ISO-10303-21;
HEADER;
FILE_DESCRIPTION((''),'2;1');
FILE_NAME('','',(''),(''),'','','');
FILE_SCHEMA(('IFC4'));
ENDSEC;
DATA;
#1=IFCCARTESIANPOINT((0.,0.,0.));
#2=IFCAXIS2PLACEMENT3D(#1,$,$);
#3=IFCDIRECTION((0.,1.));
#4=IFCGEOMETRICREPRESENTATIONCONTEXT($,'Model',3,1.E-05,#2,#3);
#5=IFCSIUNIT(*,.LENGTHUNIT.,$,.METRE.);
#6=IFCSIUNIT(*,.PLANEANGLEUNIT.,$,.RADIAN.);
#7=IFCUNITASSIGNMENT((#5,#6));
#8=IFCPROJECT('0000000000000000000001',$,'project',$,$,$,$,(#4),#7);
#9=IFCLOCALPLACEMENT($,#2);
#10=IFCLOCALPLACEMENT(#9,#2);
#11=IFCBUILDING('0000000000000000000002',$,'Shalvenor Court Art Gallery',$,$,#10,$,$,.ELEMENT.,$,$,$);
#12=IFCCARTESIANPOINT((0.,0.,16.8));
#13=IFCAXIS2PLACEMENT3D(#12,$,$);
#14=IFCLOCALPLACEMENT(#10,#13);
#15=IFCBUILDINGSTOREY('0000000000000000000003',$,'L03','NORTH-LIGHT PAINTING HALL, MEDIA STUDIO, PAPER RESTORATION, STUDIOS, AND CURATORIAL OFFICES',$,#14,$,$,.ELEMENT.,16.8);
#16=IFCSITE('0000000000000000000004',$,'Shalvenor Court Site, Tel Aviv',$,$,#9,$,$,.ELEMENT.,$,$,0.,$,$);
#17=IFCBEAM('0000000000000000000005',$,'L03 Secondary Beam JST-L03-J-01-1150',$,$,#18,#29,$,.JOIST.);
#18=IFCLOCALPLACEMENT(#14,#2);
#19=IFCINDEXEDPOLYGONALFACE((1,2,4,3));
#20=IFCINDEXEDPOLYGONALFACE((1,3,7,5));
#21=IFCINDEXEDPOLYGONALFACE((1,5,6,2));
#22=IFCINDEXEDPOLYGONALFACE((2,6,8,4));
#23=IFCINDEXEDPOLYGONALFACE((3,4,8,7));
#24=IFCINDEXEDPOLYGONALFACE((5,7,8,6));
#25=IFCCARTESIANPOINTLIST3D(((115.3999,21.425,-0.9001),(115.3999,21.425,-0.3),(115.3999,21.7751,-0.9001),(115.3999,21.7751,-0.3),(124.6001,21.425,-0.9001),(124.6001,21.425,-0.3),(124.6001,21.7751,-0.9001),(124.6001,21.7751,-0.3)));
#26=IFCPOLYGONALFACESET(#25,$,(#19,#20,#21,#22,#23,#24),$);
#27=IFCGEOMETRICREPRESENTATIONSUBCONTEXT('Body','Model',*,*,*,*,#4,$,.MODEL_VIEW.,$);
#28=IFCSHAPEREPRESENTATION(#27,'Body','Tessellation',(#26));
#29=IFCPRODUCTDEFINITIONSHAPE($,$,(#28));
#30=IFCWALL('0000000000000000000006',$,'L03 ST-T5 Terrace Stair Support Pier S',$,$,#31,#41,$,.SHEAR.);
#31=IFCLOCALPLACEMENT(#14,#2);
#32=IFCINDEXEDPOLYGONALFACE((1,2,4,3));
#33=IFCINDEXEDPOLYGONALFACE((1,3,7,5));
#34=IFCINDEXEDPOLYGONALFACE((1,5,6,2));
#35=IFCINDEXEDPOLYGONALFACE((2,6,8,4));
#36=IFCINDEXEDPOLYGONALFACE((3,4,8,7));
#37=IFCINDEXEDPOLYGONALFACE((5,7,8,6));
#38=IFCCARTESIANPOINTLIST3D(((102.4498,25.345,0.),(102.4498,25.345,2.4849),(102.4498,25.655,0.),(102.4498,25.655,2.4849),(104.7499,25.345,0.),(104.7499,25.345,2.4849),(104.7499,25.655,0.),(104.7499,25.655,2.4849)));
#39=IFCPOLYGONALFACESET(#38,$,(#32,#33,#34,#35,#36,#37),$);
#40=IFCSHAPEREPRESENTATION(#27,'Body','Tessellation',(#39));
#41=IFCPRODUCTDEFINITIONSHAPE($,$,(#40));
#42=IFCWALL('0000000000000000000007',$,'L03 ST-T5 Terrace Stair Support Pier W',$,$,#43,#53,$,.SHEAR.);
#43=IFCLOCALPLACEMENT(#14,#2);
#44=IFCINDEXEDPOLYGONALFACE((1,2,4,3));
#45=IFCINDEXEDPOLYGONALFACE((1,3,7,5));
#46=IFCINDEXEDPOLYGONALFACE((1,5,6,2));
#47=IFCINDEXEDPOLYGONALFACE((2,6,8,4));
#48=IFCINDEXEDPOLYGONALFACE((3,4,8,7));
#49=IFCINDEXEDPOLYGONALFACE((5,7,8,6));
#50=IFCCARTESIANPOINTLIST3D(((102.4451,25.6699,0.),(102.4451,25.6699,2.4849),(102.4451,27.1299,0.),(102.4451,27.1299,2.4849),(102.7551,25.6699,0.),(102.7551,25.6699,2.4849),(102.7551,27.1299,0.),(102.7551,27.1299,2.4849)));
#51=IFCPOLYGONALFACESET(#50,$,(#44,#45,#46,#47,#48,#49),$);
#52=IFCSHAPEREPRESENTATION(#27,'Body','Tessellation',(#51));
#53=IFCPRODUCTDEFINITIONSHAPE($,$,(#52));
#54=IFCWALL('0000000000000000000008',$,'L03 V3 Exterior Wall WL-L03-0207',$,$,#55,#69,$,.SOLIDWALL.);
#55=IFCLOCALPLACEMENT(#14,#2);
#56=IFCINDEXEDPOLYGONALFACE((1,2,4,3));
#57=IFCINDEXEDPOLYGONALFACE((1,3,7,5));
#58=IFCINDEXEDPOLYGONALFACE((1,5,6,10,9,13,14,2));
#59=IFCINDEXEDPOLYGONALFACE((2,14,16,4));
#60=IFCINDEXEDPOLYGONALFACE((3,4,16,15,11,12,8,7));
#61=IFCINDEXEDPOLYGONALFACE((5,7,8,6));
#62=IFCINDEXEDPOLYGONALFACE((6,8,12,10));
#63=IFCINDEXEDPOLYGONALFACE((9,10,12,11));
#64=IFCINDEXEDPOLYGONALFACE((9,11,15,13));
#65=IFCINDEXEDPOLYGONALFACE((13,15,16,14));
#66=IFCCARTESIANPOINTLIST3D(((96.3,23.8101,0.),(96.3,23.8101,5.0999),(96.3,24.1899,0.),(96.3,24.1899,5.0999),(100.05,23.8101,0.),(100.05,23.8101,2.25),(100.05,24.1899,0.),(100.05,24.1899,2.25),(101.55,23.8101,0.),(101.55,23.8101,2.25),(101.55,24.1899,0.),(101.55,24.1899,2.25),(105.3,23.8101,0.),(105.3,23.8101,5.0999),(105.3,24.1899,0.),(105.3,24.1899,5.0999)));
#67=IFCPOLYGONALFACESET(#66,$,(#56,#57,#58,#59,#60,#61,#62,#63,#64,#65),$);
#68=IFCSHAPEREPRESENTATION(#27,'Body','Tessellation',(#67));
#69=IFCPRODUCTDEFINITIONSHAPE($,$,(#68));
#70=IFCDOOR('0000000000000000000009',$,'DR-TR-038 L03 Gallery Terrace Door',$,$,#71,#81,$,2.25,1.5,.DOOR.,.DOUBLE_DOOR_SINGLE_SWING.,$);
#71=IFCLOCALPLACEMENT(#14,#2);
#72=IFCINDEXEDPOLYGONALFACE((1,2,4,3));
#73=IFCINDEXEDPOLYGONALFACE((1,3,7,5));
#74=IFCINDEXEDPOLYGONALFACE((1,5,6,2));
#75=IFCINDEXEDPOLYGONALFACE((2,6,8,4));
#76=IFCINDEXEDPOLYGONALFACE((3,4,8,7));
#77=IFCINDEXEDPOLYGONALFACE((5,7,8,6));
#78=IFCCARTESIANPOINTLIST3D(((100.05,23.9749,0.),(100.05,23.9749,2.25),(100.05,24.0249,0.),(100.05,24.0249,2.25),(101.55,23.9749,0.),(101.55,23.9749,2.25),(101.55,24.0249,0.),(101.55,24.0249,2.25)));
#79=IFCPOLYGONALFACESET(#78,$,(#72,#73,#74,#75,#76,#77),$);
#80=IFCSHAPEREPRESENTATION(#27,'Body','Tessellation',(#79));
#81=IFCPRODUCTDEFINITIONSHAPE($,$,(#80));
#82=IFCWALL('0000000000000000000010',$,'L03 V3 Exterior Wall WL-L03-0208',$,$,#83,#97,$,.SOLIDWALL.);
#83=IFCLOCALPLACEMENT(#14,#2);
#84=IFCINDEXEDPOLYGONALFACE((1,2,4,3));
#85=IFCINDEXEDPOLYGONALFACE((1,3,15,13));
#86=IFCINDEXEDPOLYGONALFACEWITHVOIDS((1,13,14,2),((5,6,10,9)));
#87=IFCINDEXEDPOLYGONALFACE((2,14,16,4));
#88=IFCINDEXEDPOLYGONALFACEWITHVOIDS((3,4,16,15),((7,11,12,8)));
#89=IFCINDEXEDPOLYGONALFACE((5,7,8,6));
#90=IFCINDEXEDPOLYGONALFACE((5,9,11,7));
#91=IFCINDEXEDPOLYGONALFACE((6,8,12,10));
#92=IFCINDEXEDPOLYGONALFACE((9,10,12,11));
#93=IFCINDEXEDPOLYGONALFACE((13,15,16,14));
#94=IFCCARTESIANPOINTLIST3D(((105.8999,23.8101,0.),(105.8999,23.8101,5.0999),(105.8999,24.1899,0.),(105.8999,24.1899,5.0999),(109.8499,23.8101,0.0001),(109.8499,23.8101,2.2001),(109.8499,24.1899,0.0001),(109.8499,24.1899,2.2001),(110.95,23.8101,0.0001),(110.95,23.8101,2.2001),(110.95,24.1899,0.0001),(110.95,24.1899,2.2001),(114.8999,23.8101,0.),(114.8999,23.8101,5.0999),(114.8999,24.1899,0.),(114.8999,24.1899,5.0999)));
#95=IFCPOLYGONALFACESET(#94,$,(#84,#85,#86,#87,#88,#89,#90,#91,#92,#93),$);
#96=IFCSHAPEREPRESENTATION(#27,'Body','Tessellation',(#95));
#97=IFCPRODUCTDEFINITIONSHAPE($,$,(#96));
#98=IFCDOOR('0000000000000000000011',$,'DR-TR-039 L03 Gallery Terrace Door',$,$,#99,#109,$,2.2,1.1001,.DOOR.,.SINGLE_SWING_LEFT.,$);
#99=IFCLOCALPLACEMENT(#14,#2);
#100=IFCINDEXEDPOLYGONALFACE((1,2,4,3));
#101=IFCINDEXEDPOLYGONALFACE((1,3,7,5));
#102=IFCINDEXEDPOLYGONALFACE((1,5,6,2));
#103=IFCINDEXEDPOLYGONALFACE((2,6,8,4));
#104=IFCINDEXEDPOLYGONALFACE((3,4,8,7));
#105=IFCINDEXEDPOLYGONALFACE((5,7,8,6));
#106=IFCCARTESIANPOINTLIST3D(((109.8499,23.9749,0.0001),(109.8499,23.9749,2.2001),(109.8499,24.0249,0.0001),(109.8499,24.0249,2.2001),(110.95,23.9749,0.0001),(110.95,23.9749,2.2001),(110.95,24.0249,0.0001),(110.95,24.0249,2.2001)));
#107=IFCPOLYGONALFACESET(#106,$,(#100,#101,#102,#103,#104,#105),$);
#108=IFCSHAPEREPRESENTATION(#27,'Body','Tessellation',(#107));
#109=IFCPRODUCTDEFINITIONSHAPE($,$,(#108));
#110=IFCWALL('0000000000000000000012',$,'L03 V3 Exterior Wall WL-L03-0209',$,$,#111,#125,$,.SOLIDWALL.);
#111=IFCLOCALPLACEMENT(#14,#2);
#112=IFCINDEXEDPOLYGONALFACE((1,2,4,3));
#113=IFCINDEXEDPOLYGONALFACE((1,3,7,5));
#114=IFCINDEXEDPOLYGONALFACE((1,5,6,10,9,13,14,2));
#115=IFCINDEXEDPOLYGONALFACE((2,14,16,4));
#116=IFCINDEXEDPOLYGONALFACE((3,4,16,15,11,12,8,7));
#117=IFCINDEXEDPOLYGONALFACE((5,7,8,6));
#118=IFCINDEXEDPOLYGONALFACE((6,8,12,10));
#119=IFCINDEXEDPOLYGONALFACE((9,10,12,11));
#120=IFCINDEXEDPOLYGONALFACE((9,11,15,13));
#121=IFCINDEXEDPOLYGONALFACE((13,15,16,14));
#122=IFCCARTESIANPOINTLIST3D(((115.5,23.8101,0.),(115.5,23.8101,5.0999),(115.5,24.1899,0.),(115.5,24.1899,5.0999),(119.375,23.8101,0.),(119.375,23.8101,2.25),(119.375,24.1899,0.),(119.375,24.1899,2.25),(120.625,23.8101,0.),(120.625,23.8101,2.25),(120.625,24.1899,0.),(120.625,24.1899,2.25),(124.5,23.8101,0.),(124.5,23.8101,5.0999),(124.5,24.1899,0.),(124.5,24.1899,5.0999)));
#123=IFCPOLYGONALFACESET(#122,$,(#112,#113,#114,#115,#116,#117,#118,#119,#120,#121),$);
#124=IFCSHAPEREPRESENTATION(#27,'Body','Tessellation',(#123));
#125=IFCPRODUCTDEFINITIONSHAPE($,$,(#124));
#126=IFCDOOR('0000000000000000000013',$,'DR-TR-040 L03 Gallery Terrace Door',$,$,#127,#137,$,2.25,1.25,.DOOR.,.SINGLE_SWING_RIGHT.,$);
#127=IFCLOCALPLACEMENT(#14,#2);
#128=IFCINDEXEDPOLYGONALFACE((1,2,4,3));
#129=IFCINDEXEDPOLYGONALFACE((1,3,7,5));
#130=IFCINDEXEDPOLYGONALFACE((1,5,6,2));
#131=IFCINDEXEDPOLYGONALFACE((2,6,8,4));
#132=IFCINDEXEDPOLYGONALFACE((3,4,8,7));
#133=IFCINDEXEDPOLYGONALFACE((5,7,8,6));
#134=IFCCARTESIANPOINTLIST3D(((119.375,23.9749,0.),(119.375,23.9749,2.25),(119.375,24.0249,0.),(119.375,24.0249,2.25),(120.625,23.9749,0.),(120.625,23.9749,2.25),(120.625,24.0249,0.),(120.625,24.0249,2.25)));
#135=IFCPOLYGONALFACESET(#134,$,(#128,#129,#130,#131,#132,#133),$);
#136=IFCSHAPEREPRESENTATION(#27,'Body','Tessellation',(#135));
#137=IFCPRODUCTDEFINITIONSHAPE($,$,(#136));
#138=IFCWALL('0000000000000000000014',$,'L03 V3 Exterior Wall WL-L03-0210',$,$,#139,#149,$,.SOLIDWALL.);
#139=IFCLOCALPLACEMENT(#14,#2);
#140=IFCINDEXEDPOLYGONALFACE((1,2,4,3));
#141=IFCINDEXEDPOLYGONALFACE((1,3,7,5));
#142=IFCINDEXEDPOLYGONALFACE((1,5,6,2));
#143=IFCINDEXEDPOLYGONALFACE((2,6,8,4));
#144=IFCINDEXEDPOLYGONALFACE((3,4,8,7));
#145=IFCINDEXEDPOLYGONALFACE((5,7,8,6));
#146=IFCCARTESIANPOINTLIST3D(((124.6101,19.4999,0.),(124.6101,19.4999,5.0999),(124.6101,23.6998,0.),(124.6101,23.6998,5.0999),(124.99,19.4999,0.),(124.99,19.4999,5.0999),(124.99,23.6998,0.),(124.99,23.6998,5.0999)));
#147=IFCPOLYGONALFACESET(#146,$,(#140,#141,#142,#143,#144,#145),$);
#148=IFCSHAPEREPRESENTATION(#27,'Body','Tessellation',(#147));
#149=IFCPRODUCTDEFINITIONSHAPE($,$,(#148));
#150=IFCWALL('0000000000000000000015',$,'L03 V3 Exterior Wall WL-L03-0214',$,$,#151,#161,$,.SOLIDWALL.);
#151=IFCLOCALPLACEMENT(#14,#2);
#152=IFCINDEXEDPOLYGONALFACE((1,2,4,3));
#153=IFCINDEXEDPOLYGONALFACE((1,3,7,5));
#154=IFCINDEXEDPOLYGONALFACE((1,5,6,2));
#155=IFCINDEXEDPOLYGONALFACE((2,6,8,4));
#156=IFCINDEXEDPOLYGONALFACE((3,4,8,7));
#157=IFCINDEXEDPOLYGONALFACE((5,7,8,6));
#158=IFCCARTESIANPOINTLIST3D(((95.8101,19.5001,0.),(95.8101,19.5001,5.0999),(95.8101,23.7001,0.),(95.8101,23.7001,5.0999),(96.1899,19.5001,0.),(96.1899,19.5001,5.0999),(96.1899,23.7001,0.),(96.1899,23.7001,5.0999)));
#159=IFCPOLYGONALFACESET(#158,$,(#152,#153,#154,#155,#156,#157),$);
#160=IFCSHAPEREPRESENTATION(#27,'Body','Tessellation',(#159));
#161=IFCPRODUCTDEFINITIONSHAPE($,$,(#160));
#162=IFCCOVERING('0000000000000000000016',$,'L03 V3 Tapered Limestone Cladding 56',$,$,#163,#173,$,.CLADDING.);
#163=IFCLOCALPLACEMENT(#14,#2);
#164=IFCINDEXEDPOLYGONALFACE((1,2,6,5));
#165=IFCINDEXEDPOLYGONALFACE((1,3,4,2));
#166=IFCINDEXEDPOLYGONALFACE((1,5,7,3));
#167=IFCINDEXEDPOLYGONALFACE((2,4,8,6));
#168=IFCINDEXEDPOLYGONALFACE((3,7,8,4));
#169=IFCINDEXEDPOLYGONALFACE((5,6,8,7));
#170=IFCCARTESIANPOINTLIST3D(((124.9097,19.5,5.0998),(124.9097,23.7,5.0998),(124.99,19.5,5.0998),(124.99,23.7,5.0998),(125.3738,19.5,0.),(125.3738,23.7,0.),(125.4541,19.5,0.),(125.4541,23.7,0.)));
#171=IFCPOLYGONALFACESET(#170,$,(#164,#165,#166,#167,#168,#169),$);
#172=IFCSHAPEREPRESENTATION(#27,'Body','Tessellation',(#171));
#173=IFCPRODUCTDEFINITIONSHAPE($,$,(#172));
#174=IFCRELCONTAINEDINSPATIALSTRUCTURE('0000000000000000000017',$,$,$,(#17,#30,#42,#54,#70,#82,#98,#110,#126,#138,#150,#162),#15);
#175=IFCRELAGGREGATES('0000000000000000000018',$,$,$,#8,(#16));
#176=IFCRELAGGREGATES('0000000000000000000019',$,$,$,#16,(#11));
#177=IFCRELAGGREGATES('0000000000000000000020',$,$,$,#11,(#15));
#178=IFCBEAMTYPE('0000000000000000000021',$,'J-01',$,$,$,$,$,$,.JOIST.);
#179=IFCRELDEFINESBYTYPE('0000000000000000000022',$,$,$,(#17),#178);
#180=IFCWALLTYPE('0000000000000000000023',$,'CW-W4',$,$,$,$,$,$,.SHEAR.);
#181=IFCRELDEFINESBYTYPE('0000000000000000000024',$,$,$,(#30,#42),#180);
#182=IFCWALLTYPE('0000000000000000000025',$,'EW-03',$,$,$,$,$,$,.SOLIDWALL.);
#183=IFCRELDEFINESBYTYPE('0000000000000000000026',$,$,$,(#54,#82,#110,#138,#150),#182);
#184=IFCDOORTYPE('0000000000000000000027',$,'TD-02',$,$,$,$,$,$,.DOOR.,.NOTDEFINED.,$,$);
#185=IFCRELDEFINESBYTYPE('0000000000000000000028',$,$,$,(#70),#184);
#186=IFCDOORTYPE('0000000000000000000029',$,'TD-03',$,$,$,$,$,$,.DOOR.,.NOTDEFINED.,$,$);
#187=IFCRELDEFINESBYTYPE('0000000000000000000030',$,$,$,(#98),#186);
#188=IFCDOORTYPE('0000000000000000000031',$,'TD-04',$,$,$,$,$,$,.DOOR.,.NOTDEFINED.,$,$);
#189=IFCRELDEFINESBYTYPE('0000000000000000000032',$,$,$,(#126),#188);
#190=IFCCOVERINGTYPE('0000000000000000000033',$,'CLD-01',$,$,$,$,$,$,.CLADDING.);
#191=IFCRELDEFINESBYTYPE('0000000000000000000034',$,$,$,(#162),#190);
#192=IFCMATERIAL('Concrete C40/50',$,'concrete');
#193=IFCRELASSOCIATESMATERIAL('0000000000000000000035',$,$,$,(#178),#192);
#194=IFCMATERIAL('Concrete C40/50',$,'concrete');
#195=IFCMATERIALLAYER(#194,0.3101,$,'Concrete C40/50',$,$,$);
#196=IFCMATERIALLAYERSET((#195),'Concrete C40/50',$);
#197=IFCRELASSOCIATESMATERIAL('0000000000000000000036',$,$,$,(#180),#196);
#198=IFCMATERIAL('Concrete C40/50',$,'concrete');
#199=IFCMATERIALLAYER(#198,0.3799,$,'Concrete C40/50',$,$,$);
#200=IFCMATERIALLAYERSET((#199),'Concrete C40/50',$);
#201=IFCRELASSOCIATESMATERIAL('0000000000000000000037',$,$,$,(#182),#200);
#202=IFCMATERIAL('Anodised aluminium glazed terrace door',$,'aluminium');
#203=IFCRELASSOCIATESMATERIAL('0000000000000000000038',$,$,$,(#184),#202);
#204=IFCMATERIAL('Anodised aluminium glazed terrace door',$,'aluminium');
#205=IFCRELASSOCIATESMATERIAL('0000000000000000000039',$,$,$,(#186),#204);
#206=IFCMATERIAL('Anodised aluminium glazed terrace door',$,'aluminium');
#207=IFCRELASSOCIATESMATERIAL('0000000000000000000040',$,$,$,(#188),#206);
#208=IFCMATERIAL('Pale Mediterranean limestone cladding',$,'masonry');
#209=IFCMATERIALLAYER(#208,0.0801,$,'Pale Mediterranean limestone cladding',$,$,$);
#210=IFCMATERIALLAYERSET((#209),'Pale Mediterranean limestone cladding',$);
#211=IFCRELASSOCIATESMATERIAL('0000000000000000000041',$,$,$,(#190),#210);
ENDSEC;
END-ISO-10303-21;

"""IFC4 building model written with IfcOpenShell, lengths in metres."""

from ifc_helpers import new_model, si_unit, direction, frame, frame_2d, origin, origin_2d, place, context, subcontext, project, spatial, polyline, rectangle, outline, extrude, material, layer, layer_set, material_profile, profile_set, type_object, element, fill, save


model = new_model("IFC4")

# Units and contexts
model_context = context("Model", 3, precision=1e-05, world=origin(), true_north=direction((0.0, 1.0)))
body_context = subcontext(model_context, "Body", "Model", "MODEL_VIEW")
ifc_project = project(units=[si_unit("LENGTHUNIT", "METRE"), si_unit("PLANEANGLEUNIT", "RADIAN")], contexts=[model_context])

# Site, building, storey
site_placement = place(None, origin())
site = spatial("IfcSite", under=ifc_project, at=site_placement, Name="Shalvenor Court Site, Tel Aviv", CompositionType="ELEMENT", RefElevation=0.0)
building_placement = place(site_placement, origin())
building = spatial("IfcBuilding", under=site, at=building_placement, Name="Shalvenor Court Art Gallery", CompositionType="ELEMENT")
storey_placement = place(building_placement, frame((0.0, 0.0, 16.8)))
storey = spatial("IfcBuildingStorey", under=building, at=storey_placement, Name="L03", Description="NORTH-LIGHT PAINTING HALL, MEDIA STUDIO, PAPER RESTORATION, STUDIOS, AND CURATORIAL OFFICES", CompositionType="ELEMENT", Elevation=16.8)

# Beam
ifc_material_1 = material(Name="Concrete C40/50", Category="concrete")
ifc_material_profile_1 = material_profile(ifc_material_1, rectangle(XDim=0.3501, YDim=0.6001, at=origin_2d()), Name="RC 350x600")
ifc_profile_set_1 = profile_set([ifc_material_profile_1], Name="Concrete C40/50")
beam_type_1 = type_object("IfcBeamType", Name="J-01", PredefinedType="JOIST", material=ifc_profile_set_1)
beam_placement = place(storey_placement, frame((115.3999, 21.6001, -0.6001), z_axis=(1.0, 0.0, 0.0), x_axis=(0.0, 1.0, 0.0)))
element("IfcBeam", 1, at=beam_placement, inside=storey, type_object=beam_type_1, Name="L03 Secondary Beam JST-L03-J-01-1150", PredefinedType="JOIST", context=body_context, shape_type="SweptSolid", body=[
    extrude(rectangle(XDim=0.3501, YDim=0.6001, at=origin_2d()), origin(), (0.0, 0.0, 1.0), 9.2002),
])

# Walls
ifc_material_2 = material(Name="Concrete C40/50", Category="concrete")
ifc_layer_1 = layer(ifc_material_2, 0.3101, Name="Concrete C40/50")
ifc_layer_set_1 = layer_set([ifc_layer_1], Name="Concrete C40/50")
wall_type_1 = type_object("IfcWallType", Name="CW-W4", PredefinedType="SHEAR", material=ifc_layer_set_1)
wall_1_placement = place(storey_placement, frame((102.45, 25.5, 0.0), z_axis=(0.0, 0.0, 1.0), x_axis=(1.0, 0.0, 0.0)))
element("IfcWall", 2, at=wall_1_placement, inside=storey, type_object=wall_type_1, Name="L03 ST-T5 Terrace Stair Support Pier S", PredefinedType="SHEAR", context=body_context, shape_type="SweptSolid", body=[
    extrude(rectangle(XDim=2.3, YDim=0.3101, at=frame_2d((1.1499, 0.0))), origin(), (0.0, 0.0, 1.0), 2.4849),
])
wall_2_placement = place(storey_placement, frame((102.6001, 25.6699, 0.0), z_axis=(0.0, 0.0, 1.0), x_axis=(0.0, 1.0, 0.0)))
element("IfcWall", 3, at=wall_2_placement, inside=storey, type_object=wall_type_1, Name="L03 ST-T5 Terrace Stair Support Pier W", PredefinedType="SHEAR", context=body_context, shape_type="SweptSolid", body=[
    extrude(rectangle(XDim=1.46, YDim=0.3101, at=frame_2d((0.73, 0.0))), origin(), (0.0, 0.0, 1.0), 2.4849),
])

# Walls, openings, doors
ifc_material_3 = material(Name="Concrete C40/50", Category="concrete")
ifc_layer_2 = layer(ifc_material_3, 0.3799, Name="Concrete C40/50")
ifc_layer_set_2 = layer_set([ifc_layer_2], Name="Concrete C40/50")
wall_type_2 = type_object("IfcWallType", Name="EW-03", PredefinedType="SOLIDWALL", material=ifc_layer_set_2)
wall_3_placement = place(storey_placement, frame((96.3, 24.0, 0.0), z_axis=(0.0, 0.0, 1.0), x_axis=(1.0, 0.0, 0.0)))
wall_3 = element("IfcWall", 4, at=wall_3_placement, inside=storey, type_object=wall_type_2, Name="L03 V3 Exterior Wall WL-L03-0207", PredefinedType="SOLIDWALL", context=body_context, shape_type="SweptSolid", body=[
    extrude(rectangle(XDim=9.0, YDim=0.3799, at=frame_2d((4.5, 0.0))), origin(), (0.0, 0.0, 1.0), 5.0999),
])
opening_1_placement = place(wall_3_placement, frame((3.75, 0.0, 0.0)))
opening_1 = element("IfcOpeningElement", 5, at=opening_1_placement, cuts=wall_3, PredefinedType="OPENING", context=body_context, shape_type="SweptSolid", body=[
    extrude(rectangle(XDim=1.5, YDim=2.25, at=frame_2d((0.75, 1.125))), frame((0.0, 0.2, 0.0), z_axis=(0.0, -1.0, 0.0), x_axis=(1.0, 0.0, 0.0)), (0.0, 0.0, 1.0), 0.3999),
])
ifc_material_4 = material(Name="Anodised aluminium glazed terrace door", Category="aluminium")
door_type_1 = type_object("IfcDoorType", Name="TD-02", OperationType="NOTDEFINED", PredefinedType="DOOR", material=ifc_material_4)
door_1_placement = place(opening_1_placement, origin())
door_1 = element("IfcDoor", 6, at=door_1_placement, inside=storey, type_object=door_type_1, Name="DR-TR-038 L03 Gallery Terrace Door", OperationType="DOUBLE_DOOR_SINGLE_SWING", OverallHeight=2.25, OverallWidth=1.5, PredefinedType="DOOR", context=body_context, shape_type="SweptSolid", body=[
    extrude(rectangle(XDim=1.5, YDim=2.25, at=frame_2d((0.75, 1.125))), frame((0.0, 0.0249, 0.0), z_axis=(0.0, -1.0, 0.0), x_axis=(1.0, 0.0, 0.0)), (0.0, 0.0, 1.0), 0.05),
])
fill(opening_1, door_1)
wall_4_placement = place(storey_placement, frame((105.8999, 24.0, 0.0), z_axis=(0.0, 0.0, 1.0), x_axis=(1.0, 0.0, 0.0)))
wall_4 = element("IfcWall", 7, at=wall_4_placement, inside=storey, type_object=wall_type_2, Name="L03 V3 Exterior Wall WL-L03-0208", PredefinedType="SOLIDWALL", context=body_context, shape_type="SweptSolid", body=[
    extrude(rectangle(XDim=9.0, YDim=0.3799, at=frame_2d((4.5, 0.0))), origin(), (0.0, 0.0, 1.0), 5.0999),
])
opening_2_placement = place(wall_4_placement, frame((3.95, 0.0, 0.0)))
opening_2 = element("IfcOpeningElement", 8, at=opening_2_placement, cuts=wall_4, PredefinedType="OPENING", context=body_context, shape_type="SweptSolid", body=[
    extrude(rectangle(XDim=1.1001, YDim=2.2, at=frame_2d((0.55, 1.1001))), frame((0.0, 0.2, 0.0), z_axis=(0.0, -1.0, 0.0), x_axis=(1.0, 0.0, 0.0)), (0.0, 0.0, 1.0), 0.3999),
])
ifc_material_5 = material(Name="Anodised aluminium glazed terrace door", Category="aluminium")
door_type_2 = type_object("IfcDoorType", Name="TD-03", OperationType="NOTDEFINED", PredefinedType="DOOR", material=ifc_material_5)
door_2_placement = place(opening_2_placement, origin())
door_2 = element("IfcDoor", 9, at=door_2_placement, inside=storey, type_object=door_type_2, Name="DR-TR-039 L03 Gallery Terrace Door", OperationType="SINGLE_SWING_LEFT", OverallHeight=2.2, OverallWidth=1.1001, PredefinedType="DOOR", context=body_context, shape_type="SweptSolid", body=[
    extrude(rectangle(XDim=1.1001, YDim=2.2, at=frame_2d((0.55, 1.1001))), frame((0.0, 0.0249, 0.0), z_axis=(0.0, -1.0, 0.0), x_axis=(1.0, 0.0, 0.0)), (0.0, 0.0, 1.0), 0.05),
])
fill(opening_2, door_2)
wall_5_placement = place(storey_placement, frame((115.5, 24.0, 0.0), z_axis=(0.0, 0.0, 1.0), x_axis=(1.0, 0.0, 0.0)))
wall_5 = element("IfcWall", 10, at=wall_5_placement, inside=storey, type_object=wall_type_2, Name="L03 V3 Exterior Wall WL-L03-0209", PredefinedType="SOLIDWALL", context=body_context, shape_type="SweptSolid", body=[
    extrude(rectangle(XDim=9.0, YDim=0.3799, at=frame_2d((4.5, 0.0))), origin(), (0.0, 0.0, 1.0), 5.0999),
])
opening_3_placement = place(wall_5_placement, frame((3.875, 0.0, 0.0)))
opening_3 = element("IfcOpeningElement", 11, at=opening_3_placement, cuts=wall_5, PredefinedType="OPENING", context=body_context, shape_type="SweptSolid", body=[
    extrude(rectangle(XDim=1.25, YDim=2.25, at=frame_2d((0.625, 1.125))), frame((0.0, 0.2, 0.0), z_axis=(0.0, -1.0, 0.0), x_axis=(1.0, 0.0, 0.0)), (0.0, 0.0, 1.0), 0.3999),
])
ifc_material_6 = material(Name="Anodised aluminium glazed terrace door", Category="aluminium")
door_type_3 = type_object("IfcDoorType", Name="TD-04", OperationType="NOTDEFINED", PredefinedType="DOOR", material=ifc_material_6)
door_3_placement = place(opening_3_placement, origin())
door_3 = element("IfcDoor", 12, at=door_3_placement, inside=storey, type_object=door_type_3, Name="DR-TR-040 L03 Gallery Terrace Door", OperationType="SINGLE_SWING_RIGHT", OverallHeight=2.25, OverallWidth=1.25, PredefinedType="DOOR", context=body_context, shape_type="SweptSolid", body=[
    extrude(rectangle(XDim=1.25, YDim=2.25, at=frame_2d((0.625, 1.125))), frame((0.0, 0.0249, 0.0), z_axis=(0.0, -1.0, 0.0), x_axis=(1.0, 0.0, 0.0)), (0.0, 0.0, 1.0), 0.05),
])
fill(opening_3, door_3)

# Walls
for number, where, z_axis, x_axis, name in (
    (13, (124.8, 23.7, 0.0), (0.0, 0.0, 1.0), (0.0, -1.0, 0.0), "L03 V3 Exterior Wall WL-L03-0210"),
    (14, (96.0, 19.5, 0.0), (0.0, 0.0, 1.0), (0.0, 1.0, 0.0), "L03 V3 Exterior Wall WL-L03-0214"),
):
    element("IfcWall", number, at=place(storey_placement, frame(where, z_axis=z_axis, x_axis=x_axis)), inside=storey, type_object=wall_type_2, Name=name, PredefinedType="SOLIDWALL", context=body_context, shape_type="SweptSolid", body=[
        extrude(rectangle(XDim=4.2, YDim=0.3799, at=frame_2d((2.1001, 0.0))), origin(), (0.0, 0.0, 1.0), 5.0999),
    ])

# Covering
ifc_material_7 = material(Name="Pale Mediterranean limestone cladding", Category="masonry")
ifc_layer_3 = layer(ifc_material_7, 0.0801, Name="Pale Mediterranean limestone cladding")
ifc_layer_set_3 = layer_set([ifc_layer_3], Name="Pale Mediterranean limestone cladding")
covering_type = type_object("IfcCoveringType", Name="CLD-01", PredefinedType="CLADDING", material=ifc_layer_set_3)
for number, where, z_axis, x_axis, name in (
    (15, (125.4541, 19.5, 0.0), (0.0, 0.0, 1.0), (0.0, 1.0, 0.0), "L03 V3 Tapered Limestone Cladding 56"),
):
    element("IfcCovering", number, at=place(storey_placement, frame(where, z_axis=z_axis, x_axis=x_axis)), inside=storey, type_object=covering_type, Name=name, PredefinedType="CLADDING", context=body_context, shape_type="SweptSolid", body=[
        extrude(outline(polyline([(0.0, 0.0), (4.2, 0.0), (4.2, 5.1208), (0.0, 5.1208), (0.0, 0.0)])), frame((0.0, 0.0, 0.0), z_axis=(0.0, -0.995884, 0.090633), x_axis=(1.0, 0.0, 0.0)), (0.0, 0.090633, -0.995884), 0.0803),
    ])

save(model, "model.ifc")
